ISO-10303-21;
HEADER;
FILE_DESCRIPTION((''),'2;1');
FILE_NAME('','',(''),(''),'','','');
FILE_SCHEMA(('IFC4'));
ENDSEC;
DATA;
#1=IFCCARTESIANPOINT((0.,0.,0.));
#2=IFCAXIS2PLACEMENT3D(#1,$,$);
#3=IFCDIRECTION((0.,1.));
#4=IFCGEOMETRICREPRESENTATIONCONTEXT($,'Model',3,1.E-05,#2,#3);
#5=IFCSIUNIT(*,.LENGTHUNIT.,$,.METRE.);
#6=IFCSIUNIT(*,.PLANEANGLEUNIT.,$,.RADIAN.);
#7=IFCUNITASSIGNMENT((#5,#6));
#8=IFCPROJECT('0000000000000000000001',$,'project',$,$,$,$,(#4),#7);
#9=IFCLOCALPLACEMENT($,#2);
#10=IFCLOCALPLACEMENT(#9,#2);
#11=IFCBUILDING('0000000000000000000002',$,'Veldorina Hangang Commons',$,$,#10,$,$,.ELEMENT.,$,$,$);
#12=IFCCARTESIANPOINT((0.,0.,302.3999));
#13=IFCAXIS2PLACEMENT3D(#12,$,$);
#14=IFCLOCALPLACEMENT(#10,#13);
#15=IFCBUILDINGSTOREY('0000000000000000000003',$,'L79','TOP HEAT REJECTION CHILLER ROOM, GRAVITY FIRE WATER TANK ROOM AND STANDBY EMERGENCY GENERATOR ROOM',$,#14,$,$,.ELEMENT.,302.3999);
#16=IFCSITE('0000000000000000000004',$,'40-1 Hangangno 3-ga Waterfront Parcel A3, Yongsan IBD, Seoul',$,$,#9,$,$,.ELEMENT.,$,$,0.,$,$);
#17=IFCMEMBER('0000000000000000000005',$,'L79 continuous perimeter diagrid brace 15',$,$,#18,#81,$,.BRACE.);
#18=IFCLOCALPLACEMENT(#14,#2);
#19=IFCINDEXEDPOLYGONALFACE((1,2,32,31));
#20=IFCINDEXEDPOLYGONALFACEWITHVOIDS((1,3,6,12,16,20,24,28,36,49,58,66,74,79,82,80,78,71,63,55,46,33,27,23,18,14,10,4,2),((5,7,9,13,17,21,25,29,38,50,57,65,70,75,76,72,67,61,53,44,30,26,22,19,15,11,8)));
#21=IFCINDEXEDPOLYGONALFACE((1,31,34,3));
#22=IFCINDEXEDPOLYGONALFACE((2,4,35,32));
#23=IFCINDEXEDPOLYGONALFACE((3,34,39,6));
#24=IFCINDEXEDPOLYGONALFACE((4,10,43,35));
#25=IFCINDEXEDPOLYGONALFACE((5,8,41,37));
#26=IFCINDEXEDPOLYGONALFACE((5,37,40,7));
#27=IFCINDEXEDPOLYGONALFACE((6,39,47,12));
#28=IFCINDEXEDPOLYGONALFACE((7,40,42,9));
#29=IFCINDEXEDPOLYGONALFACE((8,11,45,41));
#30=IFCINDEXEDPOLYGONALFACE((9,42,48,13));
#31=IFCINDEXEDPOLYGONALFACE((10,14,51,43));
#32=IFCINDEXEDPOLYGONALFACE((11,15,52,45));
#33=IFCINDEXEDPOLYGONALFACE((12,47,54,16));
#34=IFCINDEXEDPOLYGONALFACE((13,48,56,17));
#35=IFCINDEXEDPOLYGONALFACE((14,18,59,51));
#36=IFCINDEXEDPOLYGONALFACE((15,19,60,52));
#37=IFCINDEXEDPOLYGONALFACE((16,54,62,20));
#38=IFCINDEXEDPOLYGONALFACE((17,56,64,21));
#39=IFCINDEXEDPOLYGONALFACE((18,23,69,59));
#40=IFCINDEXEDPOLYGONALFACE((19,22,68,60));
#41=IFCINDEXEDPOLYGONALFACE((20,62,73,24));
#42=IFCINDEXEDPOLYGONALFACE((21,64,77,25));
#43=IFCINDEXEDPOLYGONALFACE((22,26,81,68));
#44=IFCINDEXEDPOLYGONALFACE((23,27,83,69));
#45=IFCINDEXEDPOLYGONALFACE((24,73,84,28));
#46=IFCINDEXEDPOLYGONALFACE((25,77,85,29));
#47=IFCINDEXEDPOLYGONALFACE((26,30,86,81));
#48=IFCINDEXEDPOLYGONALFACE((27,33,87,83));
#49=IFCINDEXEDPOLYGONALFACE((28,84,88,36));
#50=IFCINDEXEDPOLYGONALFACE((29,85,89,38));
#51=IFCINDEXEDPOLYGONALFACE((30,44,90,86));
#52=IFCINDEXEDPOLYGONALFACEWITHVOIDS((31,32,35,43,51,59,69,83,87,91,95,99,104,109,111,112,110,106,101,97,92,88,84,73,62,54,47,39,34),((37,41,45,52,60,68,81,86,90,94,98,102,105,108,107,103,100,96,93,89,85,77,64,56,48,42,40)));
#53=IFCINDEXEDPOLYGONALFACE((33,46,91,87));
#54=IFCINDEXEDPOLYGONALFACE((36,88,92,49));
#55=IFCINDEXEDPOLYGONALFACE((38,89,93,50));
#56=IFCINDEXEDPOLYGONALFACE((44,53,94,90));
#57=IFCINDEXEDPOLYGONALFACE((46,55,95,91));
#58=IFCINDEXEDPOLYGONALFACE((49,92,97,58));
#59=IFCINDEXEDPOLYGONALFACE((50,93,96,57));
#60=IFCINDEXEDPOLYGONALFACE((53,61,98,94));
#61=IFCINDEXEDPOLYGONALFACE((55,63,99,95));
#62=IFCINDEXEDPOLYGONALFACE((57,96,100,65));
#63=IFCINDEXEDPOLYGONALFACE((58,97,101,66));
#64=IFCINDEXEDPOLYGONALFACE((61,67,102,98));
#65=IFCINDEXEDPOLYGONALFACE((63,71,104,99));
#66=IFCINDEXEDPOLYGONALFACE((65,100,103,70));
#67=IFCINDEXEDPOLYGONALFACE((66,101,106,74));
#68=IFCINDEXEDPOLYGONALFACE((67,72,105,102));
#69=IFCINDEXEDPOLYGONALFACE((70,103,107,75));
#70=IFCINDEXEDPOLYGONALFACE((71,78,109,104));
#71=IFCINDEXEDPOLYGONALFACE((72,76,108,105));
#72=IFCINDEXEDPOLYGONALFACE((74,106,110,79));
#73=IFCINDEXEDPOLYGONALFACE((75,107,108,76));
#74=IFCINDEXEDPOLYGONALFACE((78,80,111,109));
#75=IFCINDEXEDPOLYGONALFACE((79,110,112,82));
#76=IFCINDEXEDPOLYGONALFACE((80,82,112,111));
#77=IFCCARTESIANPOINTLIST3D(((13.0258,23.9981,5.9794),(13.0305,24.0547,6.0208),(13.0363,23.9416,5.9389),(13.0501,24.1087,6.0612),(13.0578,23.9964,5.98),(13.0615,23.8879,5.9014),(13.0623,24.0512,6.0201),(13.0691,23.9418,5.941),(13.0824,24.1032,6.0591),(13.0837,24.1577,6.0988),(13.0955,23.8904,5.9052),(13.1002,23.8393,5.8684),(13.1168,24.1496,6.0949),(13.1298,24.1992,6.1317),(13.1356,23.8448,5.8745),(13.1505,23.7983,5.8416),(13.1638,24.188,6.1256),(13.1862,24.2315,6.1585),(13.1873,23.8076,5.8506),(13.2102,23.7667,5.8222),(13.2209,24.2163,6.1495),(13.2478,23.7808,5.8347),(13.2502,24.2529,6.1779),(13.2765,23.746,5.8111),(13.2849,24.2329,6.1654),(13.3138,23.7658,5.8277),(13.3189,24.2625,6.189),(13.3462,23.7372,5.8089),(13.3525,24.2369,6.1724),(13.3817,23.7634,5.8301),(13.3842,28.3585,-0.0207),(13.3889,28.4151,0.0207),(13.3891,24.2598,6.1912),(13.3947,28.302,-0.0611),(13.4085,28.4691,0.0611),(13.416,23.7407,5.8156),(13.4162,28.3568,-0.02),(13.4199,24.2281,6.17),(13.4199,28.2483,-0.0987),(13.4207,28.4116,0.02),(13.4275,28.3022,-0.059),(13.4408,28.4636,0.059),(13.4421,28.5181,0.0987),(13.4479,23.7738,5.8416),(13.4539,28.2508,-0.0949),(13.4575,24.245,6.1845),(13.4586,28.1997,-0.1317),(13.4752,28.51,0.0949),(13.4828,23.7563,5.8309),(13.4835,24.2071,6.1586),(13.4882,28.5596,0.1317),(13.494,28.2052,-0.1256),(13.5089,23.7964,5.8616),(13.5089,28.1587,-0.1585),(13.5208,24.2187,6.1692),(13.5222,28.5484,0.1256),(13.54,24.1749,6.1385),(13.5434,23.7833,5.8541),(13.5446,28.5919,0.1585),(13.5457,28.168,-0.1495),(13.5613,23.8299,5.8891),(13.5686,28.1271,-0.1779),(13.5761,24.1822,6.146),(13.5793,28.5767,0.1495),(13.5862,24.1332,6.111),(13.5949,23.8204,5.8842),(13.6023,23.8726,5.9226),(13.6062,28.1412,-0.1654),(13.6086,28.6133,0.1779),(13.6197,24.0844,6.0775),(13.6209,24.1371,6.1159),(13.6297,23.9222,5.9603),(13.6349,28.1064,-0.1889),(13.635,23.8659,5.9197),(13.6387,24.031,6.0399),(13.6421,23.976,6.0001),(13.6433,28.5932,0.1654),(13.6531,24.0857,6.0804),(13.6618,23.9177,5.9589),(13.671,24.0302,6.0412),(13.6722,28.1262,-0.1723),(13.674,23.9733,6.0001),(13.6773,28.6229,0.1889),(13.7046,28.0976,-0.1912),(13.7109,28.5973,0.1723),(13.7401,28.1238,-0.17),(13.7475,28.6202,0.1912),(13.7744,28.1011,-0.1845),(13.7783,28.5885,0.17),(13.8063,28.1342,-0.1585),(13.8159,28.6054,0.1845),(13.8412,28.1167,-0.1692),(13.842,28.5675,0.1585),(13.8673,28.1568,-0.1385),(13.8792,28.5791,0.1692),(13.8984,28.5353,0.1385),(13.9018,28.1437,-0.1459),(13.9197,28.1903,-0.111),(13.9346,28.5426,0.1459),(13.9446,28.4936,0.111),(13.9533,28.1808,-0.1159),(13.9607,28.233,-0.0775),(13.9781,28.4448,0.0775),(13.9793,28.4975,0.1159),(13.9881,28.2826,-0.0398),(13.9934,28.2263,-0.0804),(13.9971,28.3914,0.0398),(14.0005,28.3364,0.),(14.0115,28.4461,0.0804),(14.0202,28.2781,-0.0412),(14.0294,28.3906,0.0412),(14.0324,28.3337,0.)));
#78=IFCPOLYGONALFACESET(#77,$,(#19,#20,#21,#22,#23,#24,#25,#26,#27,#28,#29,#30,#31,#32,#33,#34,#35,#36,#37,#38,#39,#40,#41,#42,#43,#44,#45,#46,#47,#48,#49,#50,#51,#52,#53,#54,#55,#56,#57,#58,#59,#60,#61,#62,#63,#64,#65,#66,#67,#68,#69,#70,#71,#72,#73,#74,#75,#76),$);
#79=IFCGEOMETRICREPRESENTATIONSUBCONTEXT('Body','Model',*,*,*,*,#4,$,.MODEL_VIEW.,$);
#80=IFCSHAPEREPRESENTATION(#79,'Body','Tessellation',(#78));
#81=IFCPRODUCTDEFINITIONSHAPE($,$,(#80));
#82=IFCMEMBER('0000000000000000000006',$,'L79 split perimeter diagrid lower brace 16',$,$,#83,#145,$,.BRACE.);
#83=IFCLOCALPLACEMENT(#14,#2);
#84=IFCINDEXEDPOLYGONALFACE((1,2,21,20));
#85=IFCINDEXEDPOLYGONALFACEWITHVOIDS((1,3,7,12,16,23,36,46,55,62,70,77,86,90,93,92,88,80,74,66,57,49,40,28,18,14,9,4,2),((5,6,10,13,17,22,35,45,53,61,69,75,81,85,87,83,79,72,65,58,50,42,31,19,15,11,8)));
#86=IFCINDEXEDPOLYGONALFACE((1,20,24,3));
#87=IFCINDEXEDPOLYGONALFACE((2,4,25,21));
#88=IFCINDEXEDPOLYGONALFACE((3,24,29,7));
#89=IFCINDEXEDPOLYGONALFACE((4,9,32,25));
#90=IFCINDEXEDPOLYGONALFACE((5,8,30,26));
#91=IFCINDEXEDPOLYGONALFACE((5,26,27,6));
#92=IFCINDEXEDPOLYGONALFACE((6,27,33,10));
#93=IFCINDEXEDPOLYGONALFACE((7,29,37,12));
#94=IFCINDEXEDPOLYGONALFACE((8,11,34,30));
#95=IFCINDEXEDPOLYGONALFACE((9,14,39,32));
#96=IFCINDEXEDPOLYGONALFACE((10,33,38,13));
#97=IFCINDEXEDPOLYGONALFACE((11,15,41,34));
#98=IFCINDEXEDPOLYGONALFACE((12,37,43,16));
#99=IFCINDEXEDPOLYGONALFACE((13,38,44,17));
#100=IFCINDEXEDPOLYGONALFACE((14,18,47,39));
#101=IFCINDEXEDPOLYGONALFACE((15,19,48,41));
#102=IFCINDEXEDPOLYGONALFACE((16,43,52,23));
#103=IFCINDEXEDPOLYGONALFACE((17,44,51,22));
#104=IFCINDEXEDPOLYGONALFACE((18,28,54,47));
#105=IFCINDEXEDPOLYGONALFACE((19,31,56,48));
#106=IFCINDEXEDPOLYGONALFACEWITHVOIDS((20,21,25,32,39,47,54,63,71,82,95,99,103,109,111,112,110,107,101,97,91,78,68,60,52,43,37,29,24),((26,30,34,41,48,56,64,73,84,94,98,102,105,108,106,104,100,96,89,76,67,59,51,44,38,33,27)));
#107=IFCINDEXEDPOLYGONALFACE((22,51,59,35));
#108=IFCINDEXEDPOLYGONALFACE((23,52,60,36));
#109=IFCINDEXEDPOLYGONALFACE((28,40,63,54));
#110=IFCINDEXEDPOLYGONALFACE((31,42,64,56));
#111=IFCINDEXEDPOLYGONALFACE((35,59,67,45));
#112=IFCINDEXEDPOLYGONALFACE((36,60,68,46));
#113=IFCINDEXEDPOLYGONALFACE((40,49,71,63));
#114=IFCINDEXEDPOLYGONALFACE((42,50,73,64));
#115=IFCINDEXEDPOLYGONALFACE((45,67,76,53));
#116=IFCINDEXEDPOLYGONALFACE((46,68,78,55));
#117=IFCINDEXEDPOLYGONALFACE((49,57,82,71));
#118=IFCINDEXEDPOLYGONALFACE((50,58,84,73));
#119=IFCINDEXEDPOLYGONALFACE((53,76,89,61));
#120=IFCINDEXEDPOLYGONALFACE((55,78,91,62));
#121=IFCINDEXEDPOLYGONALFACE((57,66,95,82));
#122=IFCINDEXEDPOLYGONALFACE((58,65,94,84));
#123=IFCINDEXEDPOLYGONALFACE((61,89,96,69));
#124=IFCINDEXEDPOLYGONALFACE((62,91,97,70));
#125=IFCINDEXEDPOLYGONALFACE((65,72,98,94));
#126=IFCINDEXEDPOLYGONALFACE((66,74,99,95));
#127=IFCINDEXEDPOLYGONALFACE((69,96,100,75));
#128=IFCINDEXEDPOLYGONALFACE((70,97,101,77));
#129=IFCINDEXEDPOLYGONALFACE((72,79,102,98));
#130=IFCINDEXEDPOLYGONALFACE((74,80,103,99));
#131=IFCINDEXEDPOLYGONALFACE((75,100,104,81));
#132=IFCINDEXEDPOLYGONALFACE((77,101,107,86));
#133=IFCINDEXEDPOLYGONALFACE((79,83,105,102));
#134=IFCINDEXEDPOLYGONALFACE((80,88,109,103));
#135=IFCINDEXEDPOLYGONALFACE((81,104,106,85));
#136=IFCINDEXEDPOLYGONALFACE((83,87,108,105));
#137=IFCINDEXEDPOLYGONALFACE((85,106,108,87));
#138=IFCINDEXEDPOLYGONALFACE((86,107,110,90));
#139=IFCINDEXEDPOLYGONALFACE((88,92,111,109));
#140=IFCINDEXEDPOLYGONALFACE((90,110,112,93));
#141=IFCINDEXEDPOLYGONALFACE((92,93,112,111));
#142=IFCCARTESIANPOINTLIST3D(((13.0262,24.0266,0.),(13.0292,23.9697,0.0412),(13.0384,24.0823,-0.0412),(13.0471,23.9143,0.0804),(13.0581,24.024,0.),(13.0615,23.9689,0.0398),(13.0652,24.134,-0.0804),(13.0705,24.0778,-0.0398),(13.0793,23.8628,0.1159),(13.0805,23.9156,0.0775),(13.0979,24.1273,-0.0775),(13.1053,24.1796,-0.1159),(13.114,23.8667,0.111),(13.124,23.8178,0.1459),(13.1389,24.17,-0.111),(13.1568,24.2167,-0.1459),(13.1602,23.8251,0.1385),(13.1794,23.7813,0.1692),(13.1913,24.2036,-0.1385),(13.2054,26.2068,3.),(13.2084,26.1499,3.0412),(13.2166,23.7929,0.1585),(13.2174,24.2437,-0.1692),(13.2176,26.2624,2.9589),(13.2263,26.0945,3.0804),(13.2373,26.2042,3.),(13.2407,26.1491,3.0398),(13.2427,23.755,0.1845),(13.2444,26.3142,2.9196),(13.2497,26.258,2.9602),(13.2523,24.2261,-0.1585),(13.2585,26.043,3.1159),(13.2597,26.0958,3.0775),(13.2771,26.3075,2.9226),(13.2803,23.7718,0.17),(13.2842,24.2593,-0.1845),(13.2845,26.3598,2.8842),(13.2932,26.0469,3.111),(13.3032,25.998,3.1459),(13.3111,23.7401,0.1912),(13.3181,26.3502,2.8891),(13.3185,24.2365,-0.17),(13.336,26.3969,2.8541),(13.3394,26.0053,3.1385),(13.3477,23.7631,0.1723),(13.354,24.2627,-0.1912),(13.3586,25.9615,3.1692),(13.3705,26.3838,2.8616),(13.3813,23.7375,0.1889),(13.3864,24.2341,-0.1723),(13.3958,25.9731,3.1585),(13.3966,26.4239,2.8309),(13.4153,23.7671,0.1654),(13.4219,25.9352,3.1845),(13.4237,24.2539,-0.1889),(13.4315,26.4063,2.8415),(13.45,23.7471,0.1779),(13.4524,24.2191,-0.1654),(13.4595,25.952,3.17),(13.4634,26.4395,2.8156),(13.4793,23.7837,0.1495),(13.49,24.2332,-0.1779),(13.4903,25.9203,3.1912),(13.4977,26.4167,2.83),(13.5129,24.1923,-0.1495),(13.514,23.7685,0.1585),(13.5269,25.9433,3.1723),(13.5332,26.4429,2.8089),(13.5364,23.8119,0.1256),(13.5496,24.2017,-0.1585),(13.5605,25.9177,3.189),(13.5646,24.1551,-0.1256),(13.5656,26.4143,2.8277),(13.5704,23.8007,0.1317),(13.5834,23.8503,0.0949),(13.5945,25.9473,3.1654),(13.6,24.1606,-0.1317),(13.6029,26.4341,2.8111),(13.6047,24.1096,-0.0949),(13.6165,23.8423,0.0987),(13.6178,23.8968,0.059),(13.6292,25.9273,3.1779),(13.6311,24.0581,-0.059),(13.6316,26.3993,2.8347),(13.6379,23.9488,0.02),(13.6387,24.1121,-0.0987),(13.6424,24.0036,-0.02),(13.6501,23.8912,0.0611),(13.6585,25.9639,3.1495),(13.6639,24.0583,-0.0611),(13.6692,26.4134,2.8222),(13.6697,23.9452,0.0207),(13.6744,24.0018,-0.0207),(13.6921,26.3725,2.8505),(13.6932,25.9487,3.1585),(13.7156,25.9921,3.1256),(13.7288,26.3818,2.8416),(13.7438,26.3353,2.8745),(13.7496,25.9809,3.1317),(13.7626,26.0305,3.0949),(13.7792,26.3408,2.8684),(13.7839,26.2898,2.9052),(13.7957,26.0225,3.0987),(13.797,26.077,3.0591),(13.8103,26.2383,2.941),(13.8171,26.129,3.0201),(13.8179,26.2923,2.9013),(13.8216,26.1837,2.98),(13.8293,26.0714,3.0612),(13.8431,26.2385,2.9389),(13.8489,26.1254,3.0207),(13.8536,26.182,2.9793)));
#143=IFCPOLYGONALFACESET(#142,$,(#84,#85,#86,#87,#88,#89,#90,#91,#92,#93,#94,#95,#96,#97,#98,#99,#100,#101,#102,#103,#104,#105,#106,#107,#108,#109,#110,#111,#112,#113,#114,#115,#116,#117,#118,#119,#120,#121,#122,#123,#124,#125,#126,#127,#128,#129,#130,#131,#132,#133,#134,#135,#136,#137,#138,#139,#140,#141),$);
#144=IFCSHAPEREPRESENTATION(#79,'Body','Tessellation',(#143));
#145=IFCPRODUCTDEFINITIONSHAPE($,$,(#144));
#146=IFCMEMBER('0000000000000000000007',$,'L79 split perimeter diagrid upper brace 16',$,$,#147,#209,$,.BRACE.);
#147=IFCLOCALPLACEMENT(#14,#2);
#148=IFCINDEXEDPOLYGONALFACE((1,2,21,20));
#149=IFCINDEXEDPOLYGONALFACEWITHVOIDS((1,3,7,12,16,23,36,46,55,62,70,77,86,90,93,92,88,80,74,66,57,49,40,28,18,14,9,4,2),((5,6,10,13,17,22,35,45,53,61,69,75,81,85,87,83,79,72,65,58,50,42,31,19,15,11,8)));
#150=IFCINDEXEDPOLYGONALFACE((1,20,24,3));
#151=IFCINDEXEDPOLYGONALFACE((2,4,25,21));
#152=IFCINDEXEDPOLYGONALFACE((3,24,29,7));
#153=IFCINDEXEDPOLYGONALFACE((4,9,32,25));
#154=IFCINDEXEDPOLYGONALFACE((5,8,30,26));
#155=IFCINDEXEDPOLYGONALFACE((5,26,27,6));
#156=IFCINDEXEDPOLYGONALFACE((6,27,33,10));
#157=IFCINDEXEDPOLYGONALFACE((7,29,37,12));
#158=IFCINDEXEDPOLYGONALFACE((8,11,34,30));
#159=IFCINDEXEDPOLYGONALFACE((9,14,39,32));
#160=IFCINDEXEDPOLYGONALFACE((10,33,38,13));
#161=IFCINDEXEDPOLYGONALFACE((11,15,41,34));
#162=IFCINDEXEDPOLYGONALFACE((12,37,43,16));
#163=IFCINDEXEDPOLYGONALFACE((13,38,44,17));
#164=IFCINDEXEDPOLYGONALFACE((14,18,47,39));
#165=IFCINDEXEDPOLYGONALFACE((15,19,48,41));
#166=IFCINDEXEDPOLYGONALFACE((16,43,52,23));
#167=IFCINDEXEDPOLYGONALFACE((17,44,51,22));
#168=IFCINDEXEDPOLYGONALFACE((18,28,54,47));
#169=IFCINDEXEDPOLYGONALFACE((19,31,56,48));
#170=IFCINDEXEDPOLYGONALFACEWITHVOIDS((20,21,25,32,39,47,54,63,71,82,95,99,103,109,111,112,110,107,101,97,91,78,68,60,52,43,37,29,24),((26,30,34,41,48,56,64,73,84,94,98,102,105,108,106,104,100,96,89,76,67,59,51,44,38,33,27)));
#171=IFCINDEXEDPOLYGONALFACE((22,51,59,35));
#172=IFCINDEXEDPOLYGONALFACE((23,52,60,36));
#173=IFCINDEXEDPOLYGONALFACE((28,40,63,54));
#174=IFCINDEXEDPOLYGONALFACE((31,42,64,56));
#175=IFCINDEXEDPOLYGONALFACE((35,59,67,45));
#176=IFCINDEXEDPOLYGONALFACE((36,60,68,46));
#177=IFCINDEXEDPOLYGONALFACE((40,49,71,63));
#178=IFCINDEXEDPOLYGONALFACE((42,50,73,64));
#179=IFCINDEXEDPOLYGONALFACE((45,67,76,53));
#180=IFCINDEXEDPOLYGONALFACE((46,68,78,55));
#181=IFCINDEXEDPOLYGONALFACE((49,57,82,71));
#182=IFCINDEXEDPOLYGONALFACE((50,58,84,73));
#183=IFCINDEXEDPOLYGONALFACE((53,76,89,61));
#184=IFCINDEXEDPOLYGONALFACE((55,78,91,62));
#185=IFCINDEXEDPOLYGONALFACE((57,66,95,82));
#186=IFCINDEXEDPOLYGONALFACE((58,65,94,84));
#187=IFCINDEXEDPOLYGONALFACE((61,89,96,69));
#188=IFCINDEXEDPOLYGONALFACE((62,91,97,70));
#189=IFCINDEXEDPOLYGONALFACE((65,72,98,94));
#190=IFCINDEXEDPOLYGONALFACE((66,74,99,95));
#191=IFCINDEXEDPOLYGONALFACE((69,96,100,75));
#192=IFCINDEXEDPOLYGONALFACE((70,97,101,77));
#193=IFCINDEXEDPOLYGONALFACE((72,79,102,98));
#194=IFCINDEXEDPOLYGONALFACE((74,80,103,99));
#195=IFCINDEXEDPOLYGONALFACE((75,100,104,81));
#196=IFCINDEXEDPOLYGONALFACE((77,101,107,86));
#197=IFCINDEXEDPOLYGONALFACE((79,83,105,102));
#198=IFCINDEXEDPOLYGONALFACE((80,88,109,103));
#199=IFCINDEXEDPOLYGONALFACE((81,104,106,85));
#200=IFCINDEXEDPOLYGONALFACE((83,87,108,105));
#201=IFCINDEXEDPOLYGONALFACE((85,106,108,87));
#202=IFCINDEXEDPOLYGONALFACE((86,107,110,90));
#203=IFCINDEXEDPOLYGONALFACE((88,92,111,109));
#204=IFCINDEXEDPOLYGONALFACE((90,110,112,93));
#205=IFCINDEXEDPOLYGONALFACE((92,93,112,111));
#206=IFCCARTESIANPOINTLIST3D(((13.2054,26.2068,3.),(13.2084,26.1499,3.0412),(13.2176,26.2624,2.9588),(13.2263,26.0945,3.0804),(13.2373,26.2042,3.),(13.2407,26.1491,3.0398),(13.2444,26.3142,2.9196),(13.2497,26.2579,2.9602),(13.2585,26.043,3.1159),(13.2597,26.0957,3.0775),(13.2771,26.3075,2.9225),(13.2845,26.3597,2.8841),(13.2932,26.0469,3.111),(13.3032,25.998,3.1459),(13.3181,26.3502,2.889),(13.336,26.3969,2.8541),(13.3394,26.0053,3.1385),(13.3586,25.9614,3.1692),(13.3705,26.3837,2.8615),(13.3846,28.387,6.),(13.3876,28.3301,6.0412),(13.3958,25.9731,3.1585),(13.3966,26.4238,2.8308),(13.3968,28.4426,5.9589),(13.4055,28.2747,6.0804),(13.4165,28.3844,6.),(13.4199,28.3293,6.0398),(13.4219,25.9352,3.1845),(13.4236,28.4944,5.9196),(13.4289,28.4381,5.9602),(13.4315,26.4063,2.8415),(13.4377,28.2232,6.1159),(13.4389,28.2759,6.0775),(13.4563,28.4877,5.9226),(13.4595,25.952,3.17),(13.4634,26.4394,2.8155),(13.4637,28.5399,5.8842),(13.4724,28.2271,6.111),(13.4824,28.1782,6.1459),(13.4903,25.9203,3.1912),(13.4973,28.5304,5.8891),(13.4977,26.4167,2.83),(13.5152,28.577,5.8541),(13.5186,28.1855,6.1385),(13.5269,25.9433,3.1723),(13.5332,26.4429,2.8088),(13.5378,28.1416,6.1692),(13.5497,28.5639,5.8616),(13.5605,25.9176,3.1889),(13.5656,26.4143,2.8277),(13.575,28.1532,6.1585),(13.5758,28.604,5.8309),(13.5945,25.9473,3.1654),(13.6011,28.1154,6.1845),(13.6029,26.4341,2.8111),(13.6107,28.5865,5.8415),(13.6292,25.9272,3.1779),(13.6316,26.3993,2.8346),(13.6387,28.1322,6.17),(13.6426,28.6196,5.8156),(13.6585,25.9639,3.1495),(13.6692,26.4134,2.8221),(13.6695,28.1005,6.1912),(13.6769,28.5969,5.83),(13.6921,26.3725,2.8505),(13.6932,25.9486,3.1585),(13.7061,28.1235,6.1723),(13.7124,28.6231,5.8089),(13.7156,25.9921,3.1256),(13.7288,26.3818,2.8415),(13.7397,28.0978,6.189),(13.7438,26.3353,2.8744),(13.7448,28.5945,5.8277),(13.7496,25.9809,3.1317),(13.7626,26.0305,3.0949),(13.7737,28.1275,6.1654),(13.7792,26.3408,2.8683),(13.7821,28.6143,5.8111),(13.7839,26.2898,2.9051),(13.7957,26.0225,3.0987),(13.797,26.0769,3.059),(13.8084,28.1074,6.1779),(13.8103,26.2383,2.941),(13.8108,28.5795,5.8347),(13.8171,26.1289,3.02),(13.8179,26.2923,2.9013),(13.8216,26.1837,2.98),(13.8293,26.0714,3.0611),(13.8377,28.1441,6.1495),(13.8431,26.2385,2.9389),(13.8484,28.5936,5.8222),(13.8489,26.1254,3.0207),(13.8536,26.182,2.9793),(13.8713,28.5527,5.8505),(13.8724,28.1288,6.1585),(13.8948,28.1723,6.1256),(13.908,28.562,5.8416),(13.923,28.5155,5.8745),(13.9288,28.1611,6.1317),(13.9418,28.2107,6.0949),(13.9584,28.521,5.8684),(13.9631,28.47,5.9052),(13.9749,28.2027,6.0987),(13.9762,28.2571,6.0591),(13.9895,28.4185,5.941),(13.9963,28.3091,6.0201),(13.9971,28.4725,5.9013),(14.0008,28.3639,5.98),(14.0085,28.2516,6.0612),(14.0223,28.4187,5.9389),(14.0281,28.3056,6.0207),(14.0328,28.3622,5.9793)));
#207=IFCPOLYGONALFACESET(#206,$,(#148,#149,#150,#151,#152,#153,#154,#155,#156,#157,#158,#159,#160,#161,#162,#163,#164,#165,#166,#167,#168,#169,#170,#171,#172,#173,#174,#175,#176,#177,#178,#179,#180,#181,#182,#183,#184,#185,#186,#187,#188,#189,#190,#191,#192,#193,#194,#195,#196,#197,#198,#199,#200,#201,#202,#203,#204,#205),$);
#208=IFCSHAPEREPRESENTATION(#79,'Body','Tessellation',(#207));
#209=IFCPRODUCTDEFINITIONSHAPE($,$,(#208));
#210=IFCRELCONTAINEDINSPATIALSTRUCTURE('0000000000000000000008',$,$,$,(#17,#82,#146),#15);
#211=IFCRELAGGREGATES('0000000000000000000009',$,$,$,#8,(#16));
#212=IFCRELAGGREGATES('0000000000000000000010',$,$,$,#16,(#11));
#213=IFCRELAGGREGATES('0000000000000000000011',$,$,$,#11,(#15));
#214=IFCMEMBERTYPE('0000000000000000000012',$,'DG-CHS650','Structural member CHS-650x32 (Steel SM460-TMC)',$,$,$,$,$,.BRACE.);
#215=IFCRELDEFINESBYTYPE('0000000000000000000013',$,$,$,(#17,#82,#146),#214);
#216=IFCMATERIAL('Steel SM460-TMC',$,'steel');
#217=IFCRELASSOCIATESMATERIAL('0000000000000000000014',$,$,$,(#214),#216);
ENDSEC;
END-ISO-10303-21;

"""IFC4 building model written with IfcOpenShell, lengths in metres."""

from ifc_helpers import new_model, si_unit, direction, frame, origin, origin_2d, place, context, subcontext, project, spatial, hollow_circle, extrude, material, material_profile, profile_set, type_object, element, save


model = new_model("IFC4")

# Units and contexts
model_context = context("Model", 3, precision=1e-05, world=origin(), true_north=direction((0.0, 1.0)))
body_context = subcontext(model_context, "Body", "Model", "MODEL_VIEW")
ifc_project = project(units=[si_unit("LENGTHUNIT", "METRE"), si_unit("PLANEANGLEUNIT", "RADIAN")], contexts=[model_context])

# Site, building, storey
site_placement = place(None, origin())
site = spatial("IfcSite", under=ifc_project, at=site_placement, Name="40-1 Hangangno 3-ga Waterfront Parcel A3, Yongsan IBD, Seoul", CompositionType="ELEMENT", RefElevation=0.0)
building_placement = place(site_placement, origin())
building = spatial("IfcBuilding", under=site, at=building_placement, Name="Veldorina Hangang Commons", CompositionType="ELEMENT")
storey_placement = place(building_placement, frame((0.0, 0.0, 302.3999)))
storey = spatial("IfcBuildingStorey", under=building, at=storey_placement, Name="L79", Description="TOP HEAT REJECTION CHILLER ROOM, GRAVITY FIRE WATER TANK ROOM AND STANDBY EMERGENCY GENERATOR ROOM", CompositionType="ELEMENT", Elevation=302.3999)

# Shared definitions
ifc_material_1 = material(Name="Steel SM460-TMC", Category="steel")

# Members
ifc_material_profile_1 = material_profile(ifc_material_1, hollow_circle(Radius=0.325, WallThickness=0.032, at=origin_2d()), Name="CHS-650x32")
ifc_profile_set_1 = profile_set([ifc_material_profile_1], Name="Steel SM460-TMC")
member_type_1 = type_object("IfcMemberType", Name="DG-CHS650", Description="Structural member CHS-650x32 (Steel SM460-TMC)", PredefinedType="BRACE", material=ifc_profile_set_1)
member_placement = place(storey_placement, frame((13.7085, 28.3604, 0.0), z_axis=(-0.048265, -0.587197, 0.808004), x_axis=(0.996639, -0.081919, 0.0)))
element("IfcMember", 1, at=member_placement, inside=storey, type_object=member_type_1, Name="L79 continuous perimeter diagrid brace 15", PredefinedType="BRACE", context=body_context, shape_type="SweptSolid", body=[
    extrude(hollow_circle(Radius=0.325, WallThickness=0.032, at=origin_2d()), origin(), (0.0, 0.0, 1.0), 7.4258),
])
for number, where, z_axis, x_axis, name in (
    (2, (13.3501, 24.0, 0.0), (0.048265, 0.587197, 0.808004), (-0.996639, 0.081919, 0.0), "L79 split perimeter diagrid lower brace 16"),
    (3, (13.5293, 26.1802, 3.0), (0.048265, 0.587197, 0.808004), (-0.996639, 0.081919, 0.0), "L79 split perimeter diagrid upper brace 16"),
):
    element("IfcMember", number, at=place(storey_placement, frame(where, z_axis=z_axis, x_axis=x_axis)), inside=storey, type_object=member_type_1, Name=name, PredefinedType="BRACE", context=body_context, shape_type="SweptSolid", body=[
        extrude(hollow_circle(Radius=0.325, WallThickness=0.032, at=origin_2d()), origin(), (0.0, 0.0, 1.0), 3.7129),
    ])

save(model, "model.ifc")
